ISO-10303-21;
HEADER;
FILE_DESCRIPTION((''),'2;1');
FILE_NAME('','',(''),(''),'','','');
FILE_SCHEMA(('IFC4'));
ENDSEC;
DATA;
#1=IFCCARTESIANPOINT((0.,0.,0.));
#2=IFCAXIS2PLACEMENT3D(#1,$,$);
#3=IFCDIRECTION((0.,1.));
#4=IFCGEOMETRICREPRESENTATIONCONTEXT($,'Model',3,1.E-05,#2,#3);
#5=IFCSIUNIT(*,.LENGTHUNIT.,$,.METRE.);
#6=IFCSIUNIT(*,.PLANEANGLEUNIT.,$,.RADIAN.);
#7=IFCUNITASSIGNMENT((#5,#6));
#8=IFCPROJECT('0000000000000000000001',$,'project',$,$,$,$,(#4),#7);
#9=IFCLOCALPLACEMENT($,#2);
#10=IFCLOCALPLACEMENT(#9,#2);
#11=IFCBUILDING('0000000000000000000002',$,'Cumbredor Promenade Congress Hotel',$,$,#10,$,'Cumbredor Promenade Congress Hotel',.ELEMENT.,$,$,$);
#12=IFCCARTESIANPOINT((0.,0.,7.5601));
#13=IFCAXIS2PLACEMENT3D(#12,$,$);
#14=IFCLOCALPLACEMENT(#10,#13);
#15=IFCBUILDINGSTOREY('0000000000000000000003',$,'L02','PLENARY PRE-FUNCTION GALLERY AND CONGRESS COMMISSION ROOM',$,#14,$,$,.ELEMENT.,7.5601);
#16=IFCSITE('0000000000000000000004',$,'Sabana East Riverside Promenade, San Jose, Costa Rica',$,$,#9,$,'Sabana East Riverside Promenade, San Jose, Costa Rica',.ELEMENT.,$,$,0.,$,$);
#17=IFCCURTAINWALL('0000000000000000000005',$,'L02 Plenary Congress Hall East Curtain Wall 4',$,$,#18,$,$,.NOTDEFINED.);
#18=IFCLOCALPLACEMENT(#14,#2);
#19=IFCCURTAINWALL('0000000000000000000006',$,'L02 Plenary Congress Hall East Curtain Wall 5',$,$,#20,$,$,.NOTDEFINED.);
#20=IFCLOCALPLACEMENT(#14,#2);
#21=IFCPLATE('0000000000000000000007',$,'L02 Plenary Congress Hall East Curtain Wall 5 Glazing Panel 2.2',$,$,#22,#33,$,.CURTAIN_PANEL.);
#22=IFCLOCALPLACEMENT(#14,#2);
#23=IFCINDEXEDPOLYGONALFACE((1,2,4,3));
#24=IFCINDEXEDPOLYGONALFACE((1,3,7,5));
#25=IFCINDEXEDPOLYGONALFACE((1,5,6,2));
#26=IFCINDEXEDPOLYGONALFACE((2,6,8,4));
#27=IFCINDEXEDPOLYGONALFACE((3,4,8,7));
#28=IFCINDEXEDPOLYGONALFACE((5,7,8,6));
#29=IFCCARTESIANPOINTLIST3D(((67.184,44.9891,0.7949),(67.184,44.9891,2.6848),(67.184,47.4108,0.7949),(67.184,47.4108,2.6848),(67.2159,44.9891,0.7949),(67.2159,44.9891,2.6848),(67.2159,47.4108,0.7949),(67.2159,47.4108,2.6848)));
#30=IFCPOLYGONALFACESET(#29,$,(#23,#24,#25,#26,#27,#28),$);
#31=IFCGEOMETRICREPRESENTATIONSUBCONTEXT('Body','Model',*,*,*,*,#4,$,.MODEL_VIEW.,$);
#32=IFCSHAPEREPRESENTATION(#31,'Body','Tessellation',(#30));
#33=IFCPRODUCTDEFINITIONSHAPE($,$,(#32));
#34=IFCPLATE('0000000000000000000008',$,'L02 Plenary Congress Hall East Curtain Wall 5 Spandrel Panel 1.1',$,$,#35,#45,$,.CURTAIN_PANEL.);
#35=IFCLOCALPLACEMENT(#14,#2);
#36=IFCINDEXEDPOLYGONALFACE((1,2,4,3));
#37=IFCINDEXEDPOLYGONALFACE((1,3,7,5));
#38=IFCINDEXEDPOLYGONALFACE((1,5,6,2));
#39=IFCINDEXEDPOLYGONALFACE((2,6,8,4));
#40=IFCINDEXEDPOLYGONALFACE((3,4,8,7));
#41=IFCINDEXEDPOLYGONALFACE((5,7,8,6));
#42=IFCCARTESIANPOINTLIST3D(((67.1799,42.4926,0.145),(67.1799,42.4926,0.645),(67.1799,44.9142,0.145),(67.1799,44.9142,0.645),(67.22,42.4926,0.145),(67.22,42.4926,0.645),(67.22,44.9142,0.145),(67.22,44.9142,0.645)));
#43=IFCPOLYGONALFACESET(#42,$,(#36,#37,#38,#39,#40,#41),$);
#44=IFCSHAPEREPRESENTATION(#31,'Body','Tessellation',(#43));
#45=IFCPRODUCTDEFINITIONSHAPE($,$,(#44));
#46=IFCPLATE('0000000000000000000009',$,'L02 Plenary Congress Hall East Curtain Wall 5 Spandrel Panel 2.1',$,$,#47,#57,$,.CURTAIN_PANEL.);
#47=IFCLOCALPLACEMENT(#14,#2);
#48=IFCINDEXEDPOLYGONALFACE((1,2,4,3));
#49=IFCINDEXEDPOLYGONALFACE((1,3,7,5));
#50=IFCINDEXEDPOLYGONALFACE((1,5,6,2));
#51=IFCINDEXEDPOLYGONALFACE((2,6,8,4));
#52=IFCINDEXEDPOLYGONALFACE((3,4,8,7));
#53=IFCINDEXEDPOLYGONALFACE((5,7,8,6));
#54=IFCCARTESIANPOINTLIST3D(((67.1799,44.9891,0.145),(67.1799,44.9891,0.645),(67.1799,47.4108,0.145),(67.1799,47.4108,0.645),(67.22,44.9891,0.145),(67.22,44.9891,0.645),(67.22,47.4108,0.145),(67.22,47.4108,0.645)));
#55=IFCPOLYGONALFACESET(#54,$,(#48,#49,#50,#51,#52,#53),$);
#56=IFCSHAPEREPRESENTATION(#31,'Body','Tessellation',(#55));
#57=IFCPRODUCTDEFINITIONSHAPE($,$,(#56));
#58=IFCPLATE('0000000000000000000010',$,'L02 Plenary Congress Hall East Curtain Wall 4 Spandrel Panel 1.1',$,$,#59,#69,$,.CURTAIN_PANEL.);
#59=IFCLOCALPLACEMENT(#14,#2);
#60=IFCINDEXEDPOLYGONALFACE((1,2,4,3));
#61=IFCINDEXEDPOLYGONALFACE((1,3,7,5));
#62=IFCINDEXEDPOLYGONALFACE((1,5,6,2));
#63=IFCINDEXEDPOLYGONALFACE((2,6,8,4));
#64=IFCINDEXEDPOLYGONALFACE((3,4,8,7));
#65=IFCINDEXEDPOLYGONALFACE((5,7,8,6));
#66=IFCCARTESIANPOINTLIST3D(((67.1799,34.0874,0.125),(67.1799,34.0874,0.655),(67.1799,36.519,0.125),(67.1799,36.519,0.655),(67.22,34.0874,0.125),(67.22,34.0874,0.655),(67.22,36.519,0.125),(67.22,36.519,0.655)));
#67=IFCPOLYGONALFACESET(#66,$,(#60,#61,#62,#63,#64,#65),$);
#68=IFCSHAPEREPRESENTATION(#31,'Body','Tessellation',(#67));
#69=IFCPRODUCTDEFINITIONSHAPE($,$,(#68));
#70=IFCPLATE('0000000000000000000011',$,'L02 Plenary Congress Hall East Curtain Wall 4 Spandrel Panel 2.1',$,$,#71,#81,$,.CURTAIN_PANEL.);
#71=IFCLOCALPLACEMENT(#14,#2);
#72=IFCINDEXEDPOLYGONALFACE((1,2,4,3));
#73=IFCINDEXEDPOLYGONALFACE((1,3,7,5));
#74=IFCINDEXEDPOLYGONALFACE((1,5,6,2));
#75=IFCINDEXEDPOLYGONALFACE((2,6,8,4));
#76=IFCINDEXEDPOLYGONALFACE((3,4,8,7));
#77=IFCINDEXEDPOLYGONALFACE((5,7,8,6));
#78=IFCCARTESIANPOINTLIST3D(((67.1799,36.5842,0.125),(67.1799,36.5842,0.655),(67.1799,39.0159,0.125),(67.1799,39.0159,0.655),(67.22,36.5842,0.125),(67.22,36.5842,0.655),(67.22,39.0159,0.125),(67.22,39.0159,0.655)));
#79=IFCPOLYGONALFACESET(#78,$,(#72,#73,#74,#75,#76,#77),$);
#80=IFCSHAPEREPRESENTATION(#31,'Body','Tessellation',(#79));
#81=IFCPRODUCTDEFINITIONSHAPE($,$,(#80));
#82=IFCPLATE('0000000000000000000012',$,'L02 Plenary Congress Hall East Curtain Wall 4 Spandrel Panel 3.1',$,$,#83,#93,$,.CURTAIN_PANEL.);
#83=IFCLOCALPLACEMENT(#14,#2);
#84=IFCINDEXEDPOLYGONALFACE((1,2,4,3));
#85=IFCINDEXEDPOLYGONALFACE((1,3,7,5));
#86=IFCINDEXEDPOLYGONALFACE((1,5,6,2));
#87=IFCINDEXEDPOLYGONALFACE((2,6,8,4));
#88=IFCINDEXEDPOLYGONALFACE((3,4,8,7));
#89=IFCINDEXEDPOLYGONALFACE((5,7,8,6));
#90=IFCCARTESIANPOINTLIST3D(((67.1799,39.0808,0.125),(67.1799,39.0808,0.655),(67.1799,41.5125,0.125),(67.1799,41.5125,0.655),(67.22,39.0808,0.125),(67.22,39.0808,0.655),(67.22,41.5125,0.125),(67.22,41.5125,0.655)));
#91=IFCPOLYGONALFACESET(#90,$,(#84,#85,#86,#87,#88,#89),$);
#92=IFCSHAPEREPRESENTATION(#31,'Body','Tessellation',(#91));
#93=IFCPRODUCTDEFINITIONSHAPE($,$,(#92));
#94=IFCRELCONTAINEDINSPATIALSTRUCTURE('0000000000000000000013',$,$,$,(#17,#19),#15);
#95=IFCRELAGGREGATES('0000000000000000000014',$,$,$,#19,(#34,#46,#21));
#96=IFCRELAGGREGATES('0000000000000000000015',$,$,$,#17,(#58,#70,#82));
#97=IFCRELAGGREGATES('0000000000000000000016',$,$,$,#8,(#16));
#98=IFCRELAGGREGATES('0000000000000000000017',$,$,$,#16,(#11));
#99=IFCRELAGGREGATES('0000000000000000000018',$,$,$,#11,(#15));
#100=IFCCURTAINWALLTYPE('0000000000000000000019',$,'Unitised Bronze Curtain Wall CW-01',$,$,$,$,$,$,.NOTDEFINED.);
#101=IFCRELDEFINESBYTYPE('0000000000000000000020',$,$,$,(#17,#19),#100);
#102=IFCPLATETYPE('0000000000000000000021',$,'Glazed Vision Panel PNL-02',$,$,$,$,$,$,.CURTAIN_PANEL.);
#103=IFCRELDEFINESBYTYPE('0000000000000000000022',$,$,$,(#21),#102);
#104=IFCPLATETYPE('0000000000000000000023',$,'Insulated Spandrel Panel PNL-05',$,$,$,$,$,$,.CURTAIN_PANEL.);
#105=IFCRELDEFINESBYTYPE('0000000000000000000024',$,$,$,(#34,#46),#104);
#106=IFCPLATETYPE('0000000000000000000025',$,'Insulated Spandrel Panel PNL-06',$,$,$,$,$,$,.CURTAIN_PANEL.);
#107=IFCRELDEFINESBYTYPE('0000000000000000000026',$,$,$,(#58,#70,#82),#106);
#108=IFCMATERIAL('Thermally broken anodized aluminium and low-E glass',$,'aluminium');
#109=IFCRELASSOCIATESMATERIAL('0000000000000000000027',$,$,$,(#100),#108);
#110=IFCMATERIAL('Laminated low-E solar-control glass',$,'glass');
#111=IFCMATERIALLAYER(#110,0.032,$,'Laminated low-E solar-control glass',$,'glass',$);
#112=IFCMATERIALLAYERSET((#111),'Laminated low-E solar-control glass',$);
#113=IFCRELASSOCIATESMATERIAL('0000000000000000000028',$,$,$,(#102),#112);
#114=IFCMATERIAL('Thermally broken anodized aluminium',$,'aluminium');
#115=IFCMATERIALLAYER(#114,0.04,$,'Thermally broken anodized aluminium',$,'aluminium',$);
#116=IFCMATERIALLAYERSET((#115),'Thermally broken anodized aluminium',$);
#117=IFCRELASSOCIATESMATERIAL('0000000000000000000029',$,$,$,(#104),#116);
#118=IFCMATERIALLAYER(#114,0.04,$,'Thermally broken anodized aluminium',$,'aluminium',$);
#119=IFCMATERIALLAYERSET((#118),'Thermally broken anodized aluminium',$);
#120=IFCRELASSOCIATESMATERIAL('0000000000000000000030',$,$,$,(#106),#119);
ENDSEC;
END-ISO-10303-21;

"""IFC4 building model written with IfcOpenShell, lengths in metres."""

from ifc_helpers import new_model, si_unit, direction, frame, origin, origin_2d, place, context, subcontext, project, spatial, rectangle, extrude, material, layer, layer_set, type_object, element, aggregate, save


model = new_model("IFC4")

# Units and contexts
model_context = context("Model", 3, precision=1e-05, world=origin(), true_north=direction((0.0, 1.0)))
body_context = subcontext(model_context, "Body", "Model", "MODEL_VIEW")
ifc_project = project(units=[si_unit("LENGTHUNIT", "METRE"), si_unit("PLANEANGLEUNIT", "RADIAN")], contexts=[model_context])

# Site, building, storey
site_placement = place(None, origin())
site = spatial("IfcSite", under=ifc_project, at=site_placement, Name="Sabana East Riverside Promenade, San Jose, Costa Rica", LongName="Sabana East Riverside Promenade, San Jose, Costa Rica", CompositionType="ELEMENT", RefElevation=0.0)
building_placement = place(site_placement, origin())
building = spatial("IfcBuilding", under=site, at=building_placement, Name="Cumbredor Promenade Congress Hotel", LongName="Cumbredor Promenade Congress Hotel", CompositionType="ELEMENT")
storey_placement = place(building_placement, frame((0.0, 0.0, 7.5601)))
storey = spatial("IfcBuildingStorey", under=building, at=storey_placement, Name="L02", Description="PLENARY PRE-FUNCTION GALLERY AND CONGRESS COMMISSION ROOM", CompositionType="ELEMENT", Elevation=7.5601)

# Curtain walls
ifc_material_1 = material(Name="Thermally broken anodized aluminium and low-E glass", Category="aluminium")
curtain_wall_type = type_object("IfcCurtainWallType", Name="Unitised Bronze Curtain Wall CW-01", PredefinedType="NOTDEFINED", material=ifc_material_1)
curtain_wall_1_placement = place(storey_placement, origin())
curtain_wall_1 = element("IfcCurtainWall", 1, at=curtain_wall_1_placement, inside=storey, type_object=curtain_wall_type, Name="L02 Plenary Congress Hall East Curtain Wall 4", PredefinedType="NOTDEFINED")
ifc_material_2 = material(Name="Thermally broken anodized aluminium", Category="aluminium")
curtain_wall_2_placement = place(storey_placement, origin())
curtain_wall_2 = element("IfcCurtainWall", 2, at=curtain_wall_2_placement, inside=storey, type_object=curtain_wall_type, Name="L02 Plenary Congress Hall East Curtain Wall 5", PredefinedType="NOTDEFINED")

# Plates
ifc_material_3 = material(Name="Laminated low-E solar-control glass", Category="glass")
ifc_layer_1 = layer(ifc_material_3, 0.032, Name="Laminated low-E solar-control glass", Category="glass")
ifc_layer_set_1 = layer_set([ifc_layer_1], Name="Laminated low-E solar-control glass")
plate_type_1 = type_object("IfcPlateType", Name="Glazed Vision Panel PNL-02", PredefinedType="CURTAIN_PANEL", material=ifc_layer_set_1)
plate_1_placement = place(storey_placement, frame((67.2, 46.2, 0.7949), z_axis=(0.0, 0.0, 1.0), x_axis=(0.0, 1.0, 0.0)))
plate_1 = element("IfcPlate", 3, at=plate_1_placement, type_object=plate_type_1, Name="L02 Plenary Congress Hall East Curtain Wall 5 Glazing Panel 2.2", PredefinedType="CURTAIN_PANEL", context=body_context, shape_type="SweptSolid", body=[
    extrude(rectangle(XDim=2.4216, YDim=0.032, at=origin_2d()), origin(), (0.0, 0.0, 1.0), 1.8899),
])
ifc_layer_2 = layer(ifc_material_2, 0.04, Name="Thermally broken anodized aluminium", Category="aluminium")
ifc_layer_set_2 = layer_set([ifc_layer_2], Name="Thermally broken anodized aluminium")
plate_type_2 = type_object("IfcPlateType", Name="Insulated Spandrel Panel PNL-05", PredefinedType="CURTAIN_PANEL", material=ifc_layer_set_2)
plate_2_placement = place(storey_placement, frame((67.2, 43.7034, 0.145), z_axis=(0.0, 0.0, 1.0), x_axis=(0.0, 1.0, 0.0)))
plate_2 = element("IfcPlate", 4, at=plate_2_placement, type_object=plate_type_2, Name="L02 Plenary Congress Hall East Curtain Wall 5 Spandrel Panel 1.1", PredefinedType="CURTAIN_PANEL", context=body_context, shape_type="SweptSolid", body=[
    extrude(rectangle(XDim=2.4216, YDim=0.04, at=origin_2d()), origin(), (0.0, 0.0, 1.0), 0.5),
])
plate_3_placement = place(storey_placement, frame((67.2, 46.2, 0.145), z_axis=(0.0, 0.0, 1.0), x_axis=(0.0, 1.0, 0.0)))
plate_3 = element("IfcPlate", 5, at=plate_3_placement, type_object=plate_type_2, Name="L02 Plenary Congress Hall East Curtain Wall 5 Spandrel Panel 2.1", PredefinedType="CURTAIN_PANEL", context=body_context, shape_type="SweptSolid", body=[
    extrude(rectangle(XDim=2.4216, YDim=0.04, at=origin_2d()), origin(), (0.0, 0.0, 1.0), 0.5),
])
aggregate(curtain_wall_2, [plate_2, plate_3, plate_1])
ifc_layer_3 = layer(ifc_material_2, 0.04, Name="Thermally broken anodized aluminium", Category="aluminium")
ifc_layer_set_3 = layer_set([ifc_layer_3], Name="Thermally broken anodized aluminium")
plate_type_3 = type_object("IfcPlateType", Name="Insulated Spandrel Panel PNL-06", PredefinedType="CURTAIN_PANEL", material=ifc_layer_set_3)
plate_4_placement = place(storey_placement, frame((67.2, 35.3032, 0.125), z_axis=(0.0, 0.0, 1.0), x_axis=(0.0, 1.0, 0.0)))
plate_4 = element("IfcPlate", 6, at=plate_4_placement, type_object=plate_type_3, Name="L02 Plenary Congress Hall East Curtain Wall 4 Spandrel Panel 1.1", PredefinedType="CURTAIN_PANEL", context=body_context, shape_type="SweptSolid", body=[
    extrude(rectangle(XDim=2.4316, YDim=0.04, at=origin_2d()), origin(), (0.0, 0.0, 1.0), 0.53),
])
plate_5_placement = place(storey_placement, frame((67.2, 37.8, 0.125), z_axis=(0.0, 0.0, 1.0), x_axis=(0.0, 1.0, 0.0)))
plate_5 = element("IfcPlate", 7, at=plate_5_placement, type_object=plate_type_3, Name="L02 Plenary Congress Hall East Curtain Wall 4 Spandrel Panel 2.1", PredefinedType="CURTAIN_PANEL", context=body_context, shape_type="SweptSolid", body=[
    extrude(rectangle(XDim=2.4316, YDim=0.04, at=origin_2d()), origin(), (0.0, 0.0, 1.0), 0.53),
])
plate_6_placement = place(storey_placement, frame((67.2, 40.2966, 0.125), z_axis=(0.0, 0.0, 1.0), x_axis=(0.0, 1.0, 0.0)))
plate_6 = element("IfcPlate", 8, at=plate_6_placement, type_object=plate_type_3, Name="L02 Plenary Congress Hall East Curtain Wall 4 Spandrel Panel 3.1", PredefinedType="CURTAIN_PANEL", context=body_context, shape_type="SweptSolid", body=[
    extrude(rectangle(XDim=2.4316, YDim=0.04, at=origin_2d()), origin(), (0.0, 0.0, 1.0), 0.53),
])
aggregate(curtain_wall_1, [plate_4, plate_5, plate_6])

save(model, "model.ifc")
